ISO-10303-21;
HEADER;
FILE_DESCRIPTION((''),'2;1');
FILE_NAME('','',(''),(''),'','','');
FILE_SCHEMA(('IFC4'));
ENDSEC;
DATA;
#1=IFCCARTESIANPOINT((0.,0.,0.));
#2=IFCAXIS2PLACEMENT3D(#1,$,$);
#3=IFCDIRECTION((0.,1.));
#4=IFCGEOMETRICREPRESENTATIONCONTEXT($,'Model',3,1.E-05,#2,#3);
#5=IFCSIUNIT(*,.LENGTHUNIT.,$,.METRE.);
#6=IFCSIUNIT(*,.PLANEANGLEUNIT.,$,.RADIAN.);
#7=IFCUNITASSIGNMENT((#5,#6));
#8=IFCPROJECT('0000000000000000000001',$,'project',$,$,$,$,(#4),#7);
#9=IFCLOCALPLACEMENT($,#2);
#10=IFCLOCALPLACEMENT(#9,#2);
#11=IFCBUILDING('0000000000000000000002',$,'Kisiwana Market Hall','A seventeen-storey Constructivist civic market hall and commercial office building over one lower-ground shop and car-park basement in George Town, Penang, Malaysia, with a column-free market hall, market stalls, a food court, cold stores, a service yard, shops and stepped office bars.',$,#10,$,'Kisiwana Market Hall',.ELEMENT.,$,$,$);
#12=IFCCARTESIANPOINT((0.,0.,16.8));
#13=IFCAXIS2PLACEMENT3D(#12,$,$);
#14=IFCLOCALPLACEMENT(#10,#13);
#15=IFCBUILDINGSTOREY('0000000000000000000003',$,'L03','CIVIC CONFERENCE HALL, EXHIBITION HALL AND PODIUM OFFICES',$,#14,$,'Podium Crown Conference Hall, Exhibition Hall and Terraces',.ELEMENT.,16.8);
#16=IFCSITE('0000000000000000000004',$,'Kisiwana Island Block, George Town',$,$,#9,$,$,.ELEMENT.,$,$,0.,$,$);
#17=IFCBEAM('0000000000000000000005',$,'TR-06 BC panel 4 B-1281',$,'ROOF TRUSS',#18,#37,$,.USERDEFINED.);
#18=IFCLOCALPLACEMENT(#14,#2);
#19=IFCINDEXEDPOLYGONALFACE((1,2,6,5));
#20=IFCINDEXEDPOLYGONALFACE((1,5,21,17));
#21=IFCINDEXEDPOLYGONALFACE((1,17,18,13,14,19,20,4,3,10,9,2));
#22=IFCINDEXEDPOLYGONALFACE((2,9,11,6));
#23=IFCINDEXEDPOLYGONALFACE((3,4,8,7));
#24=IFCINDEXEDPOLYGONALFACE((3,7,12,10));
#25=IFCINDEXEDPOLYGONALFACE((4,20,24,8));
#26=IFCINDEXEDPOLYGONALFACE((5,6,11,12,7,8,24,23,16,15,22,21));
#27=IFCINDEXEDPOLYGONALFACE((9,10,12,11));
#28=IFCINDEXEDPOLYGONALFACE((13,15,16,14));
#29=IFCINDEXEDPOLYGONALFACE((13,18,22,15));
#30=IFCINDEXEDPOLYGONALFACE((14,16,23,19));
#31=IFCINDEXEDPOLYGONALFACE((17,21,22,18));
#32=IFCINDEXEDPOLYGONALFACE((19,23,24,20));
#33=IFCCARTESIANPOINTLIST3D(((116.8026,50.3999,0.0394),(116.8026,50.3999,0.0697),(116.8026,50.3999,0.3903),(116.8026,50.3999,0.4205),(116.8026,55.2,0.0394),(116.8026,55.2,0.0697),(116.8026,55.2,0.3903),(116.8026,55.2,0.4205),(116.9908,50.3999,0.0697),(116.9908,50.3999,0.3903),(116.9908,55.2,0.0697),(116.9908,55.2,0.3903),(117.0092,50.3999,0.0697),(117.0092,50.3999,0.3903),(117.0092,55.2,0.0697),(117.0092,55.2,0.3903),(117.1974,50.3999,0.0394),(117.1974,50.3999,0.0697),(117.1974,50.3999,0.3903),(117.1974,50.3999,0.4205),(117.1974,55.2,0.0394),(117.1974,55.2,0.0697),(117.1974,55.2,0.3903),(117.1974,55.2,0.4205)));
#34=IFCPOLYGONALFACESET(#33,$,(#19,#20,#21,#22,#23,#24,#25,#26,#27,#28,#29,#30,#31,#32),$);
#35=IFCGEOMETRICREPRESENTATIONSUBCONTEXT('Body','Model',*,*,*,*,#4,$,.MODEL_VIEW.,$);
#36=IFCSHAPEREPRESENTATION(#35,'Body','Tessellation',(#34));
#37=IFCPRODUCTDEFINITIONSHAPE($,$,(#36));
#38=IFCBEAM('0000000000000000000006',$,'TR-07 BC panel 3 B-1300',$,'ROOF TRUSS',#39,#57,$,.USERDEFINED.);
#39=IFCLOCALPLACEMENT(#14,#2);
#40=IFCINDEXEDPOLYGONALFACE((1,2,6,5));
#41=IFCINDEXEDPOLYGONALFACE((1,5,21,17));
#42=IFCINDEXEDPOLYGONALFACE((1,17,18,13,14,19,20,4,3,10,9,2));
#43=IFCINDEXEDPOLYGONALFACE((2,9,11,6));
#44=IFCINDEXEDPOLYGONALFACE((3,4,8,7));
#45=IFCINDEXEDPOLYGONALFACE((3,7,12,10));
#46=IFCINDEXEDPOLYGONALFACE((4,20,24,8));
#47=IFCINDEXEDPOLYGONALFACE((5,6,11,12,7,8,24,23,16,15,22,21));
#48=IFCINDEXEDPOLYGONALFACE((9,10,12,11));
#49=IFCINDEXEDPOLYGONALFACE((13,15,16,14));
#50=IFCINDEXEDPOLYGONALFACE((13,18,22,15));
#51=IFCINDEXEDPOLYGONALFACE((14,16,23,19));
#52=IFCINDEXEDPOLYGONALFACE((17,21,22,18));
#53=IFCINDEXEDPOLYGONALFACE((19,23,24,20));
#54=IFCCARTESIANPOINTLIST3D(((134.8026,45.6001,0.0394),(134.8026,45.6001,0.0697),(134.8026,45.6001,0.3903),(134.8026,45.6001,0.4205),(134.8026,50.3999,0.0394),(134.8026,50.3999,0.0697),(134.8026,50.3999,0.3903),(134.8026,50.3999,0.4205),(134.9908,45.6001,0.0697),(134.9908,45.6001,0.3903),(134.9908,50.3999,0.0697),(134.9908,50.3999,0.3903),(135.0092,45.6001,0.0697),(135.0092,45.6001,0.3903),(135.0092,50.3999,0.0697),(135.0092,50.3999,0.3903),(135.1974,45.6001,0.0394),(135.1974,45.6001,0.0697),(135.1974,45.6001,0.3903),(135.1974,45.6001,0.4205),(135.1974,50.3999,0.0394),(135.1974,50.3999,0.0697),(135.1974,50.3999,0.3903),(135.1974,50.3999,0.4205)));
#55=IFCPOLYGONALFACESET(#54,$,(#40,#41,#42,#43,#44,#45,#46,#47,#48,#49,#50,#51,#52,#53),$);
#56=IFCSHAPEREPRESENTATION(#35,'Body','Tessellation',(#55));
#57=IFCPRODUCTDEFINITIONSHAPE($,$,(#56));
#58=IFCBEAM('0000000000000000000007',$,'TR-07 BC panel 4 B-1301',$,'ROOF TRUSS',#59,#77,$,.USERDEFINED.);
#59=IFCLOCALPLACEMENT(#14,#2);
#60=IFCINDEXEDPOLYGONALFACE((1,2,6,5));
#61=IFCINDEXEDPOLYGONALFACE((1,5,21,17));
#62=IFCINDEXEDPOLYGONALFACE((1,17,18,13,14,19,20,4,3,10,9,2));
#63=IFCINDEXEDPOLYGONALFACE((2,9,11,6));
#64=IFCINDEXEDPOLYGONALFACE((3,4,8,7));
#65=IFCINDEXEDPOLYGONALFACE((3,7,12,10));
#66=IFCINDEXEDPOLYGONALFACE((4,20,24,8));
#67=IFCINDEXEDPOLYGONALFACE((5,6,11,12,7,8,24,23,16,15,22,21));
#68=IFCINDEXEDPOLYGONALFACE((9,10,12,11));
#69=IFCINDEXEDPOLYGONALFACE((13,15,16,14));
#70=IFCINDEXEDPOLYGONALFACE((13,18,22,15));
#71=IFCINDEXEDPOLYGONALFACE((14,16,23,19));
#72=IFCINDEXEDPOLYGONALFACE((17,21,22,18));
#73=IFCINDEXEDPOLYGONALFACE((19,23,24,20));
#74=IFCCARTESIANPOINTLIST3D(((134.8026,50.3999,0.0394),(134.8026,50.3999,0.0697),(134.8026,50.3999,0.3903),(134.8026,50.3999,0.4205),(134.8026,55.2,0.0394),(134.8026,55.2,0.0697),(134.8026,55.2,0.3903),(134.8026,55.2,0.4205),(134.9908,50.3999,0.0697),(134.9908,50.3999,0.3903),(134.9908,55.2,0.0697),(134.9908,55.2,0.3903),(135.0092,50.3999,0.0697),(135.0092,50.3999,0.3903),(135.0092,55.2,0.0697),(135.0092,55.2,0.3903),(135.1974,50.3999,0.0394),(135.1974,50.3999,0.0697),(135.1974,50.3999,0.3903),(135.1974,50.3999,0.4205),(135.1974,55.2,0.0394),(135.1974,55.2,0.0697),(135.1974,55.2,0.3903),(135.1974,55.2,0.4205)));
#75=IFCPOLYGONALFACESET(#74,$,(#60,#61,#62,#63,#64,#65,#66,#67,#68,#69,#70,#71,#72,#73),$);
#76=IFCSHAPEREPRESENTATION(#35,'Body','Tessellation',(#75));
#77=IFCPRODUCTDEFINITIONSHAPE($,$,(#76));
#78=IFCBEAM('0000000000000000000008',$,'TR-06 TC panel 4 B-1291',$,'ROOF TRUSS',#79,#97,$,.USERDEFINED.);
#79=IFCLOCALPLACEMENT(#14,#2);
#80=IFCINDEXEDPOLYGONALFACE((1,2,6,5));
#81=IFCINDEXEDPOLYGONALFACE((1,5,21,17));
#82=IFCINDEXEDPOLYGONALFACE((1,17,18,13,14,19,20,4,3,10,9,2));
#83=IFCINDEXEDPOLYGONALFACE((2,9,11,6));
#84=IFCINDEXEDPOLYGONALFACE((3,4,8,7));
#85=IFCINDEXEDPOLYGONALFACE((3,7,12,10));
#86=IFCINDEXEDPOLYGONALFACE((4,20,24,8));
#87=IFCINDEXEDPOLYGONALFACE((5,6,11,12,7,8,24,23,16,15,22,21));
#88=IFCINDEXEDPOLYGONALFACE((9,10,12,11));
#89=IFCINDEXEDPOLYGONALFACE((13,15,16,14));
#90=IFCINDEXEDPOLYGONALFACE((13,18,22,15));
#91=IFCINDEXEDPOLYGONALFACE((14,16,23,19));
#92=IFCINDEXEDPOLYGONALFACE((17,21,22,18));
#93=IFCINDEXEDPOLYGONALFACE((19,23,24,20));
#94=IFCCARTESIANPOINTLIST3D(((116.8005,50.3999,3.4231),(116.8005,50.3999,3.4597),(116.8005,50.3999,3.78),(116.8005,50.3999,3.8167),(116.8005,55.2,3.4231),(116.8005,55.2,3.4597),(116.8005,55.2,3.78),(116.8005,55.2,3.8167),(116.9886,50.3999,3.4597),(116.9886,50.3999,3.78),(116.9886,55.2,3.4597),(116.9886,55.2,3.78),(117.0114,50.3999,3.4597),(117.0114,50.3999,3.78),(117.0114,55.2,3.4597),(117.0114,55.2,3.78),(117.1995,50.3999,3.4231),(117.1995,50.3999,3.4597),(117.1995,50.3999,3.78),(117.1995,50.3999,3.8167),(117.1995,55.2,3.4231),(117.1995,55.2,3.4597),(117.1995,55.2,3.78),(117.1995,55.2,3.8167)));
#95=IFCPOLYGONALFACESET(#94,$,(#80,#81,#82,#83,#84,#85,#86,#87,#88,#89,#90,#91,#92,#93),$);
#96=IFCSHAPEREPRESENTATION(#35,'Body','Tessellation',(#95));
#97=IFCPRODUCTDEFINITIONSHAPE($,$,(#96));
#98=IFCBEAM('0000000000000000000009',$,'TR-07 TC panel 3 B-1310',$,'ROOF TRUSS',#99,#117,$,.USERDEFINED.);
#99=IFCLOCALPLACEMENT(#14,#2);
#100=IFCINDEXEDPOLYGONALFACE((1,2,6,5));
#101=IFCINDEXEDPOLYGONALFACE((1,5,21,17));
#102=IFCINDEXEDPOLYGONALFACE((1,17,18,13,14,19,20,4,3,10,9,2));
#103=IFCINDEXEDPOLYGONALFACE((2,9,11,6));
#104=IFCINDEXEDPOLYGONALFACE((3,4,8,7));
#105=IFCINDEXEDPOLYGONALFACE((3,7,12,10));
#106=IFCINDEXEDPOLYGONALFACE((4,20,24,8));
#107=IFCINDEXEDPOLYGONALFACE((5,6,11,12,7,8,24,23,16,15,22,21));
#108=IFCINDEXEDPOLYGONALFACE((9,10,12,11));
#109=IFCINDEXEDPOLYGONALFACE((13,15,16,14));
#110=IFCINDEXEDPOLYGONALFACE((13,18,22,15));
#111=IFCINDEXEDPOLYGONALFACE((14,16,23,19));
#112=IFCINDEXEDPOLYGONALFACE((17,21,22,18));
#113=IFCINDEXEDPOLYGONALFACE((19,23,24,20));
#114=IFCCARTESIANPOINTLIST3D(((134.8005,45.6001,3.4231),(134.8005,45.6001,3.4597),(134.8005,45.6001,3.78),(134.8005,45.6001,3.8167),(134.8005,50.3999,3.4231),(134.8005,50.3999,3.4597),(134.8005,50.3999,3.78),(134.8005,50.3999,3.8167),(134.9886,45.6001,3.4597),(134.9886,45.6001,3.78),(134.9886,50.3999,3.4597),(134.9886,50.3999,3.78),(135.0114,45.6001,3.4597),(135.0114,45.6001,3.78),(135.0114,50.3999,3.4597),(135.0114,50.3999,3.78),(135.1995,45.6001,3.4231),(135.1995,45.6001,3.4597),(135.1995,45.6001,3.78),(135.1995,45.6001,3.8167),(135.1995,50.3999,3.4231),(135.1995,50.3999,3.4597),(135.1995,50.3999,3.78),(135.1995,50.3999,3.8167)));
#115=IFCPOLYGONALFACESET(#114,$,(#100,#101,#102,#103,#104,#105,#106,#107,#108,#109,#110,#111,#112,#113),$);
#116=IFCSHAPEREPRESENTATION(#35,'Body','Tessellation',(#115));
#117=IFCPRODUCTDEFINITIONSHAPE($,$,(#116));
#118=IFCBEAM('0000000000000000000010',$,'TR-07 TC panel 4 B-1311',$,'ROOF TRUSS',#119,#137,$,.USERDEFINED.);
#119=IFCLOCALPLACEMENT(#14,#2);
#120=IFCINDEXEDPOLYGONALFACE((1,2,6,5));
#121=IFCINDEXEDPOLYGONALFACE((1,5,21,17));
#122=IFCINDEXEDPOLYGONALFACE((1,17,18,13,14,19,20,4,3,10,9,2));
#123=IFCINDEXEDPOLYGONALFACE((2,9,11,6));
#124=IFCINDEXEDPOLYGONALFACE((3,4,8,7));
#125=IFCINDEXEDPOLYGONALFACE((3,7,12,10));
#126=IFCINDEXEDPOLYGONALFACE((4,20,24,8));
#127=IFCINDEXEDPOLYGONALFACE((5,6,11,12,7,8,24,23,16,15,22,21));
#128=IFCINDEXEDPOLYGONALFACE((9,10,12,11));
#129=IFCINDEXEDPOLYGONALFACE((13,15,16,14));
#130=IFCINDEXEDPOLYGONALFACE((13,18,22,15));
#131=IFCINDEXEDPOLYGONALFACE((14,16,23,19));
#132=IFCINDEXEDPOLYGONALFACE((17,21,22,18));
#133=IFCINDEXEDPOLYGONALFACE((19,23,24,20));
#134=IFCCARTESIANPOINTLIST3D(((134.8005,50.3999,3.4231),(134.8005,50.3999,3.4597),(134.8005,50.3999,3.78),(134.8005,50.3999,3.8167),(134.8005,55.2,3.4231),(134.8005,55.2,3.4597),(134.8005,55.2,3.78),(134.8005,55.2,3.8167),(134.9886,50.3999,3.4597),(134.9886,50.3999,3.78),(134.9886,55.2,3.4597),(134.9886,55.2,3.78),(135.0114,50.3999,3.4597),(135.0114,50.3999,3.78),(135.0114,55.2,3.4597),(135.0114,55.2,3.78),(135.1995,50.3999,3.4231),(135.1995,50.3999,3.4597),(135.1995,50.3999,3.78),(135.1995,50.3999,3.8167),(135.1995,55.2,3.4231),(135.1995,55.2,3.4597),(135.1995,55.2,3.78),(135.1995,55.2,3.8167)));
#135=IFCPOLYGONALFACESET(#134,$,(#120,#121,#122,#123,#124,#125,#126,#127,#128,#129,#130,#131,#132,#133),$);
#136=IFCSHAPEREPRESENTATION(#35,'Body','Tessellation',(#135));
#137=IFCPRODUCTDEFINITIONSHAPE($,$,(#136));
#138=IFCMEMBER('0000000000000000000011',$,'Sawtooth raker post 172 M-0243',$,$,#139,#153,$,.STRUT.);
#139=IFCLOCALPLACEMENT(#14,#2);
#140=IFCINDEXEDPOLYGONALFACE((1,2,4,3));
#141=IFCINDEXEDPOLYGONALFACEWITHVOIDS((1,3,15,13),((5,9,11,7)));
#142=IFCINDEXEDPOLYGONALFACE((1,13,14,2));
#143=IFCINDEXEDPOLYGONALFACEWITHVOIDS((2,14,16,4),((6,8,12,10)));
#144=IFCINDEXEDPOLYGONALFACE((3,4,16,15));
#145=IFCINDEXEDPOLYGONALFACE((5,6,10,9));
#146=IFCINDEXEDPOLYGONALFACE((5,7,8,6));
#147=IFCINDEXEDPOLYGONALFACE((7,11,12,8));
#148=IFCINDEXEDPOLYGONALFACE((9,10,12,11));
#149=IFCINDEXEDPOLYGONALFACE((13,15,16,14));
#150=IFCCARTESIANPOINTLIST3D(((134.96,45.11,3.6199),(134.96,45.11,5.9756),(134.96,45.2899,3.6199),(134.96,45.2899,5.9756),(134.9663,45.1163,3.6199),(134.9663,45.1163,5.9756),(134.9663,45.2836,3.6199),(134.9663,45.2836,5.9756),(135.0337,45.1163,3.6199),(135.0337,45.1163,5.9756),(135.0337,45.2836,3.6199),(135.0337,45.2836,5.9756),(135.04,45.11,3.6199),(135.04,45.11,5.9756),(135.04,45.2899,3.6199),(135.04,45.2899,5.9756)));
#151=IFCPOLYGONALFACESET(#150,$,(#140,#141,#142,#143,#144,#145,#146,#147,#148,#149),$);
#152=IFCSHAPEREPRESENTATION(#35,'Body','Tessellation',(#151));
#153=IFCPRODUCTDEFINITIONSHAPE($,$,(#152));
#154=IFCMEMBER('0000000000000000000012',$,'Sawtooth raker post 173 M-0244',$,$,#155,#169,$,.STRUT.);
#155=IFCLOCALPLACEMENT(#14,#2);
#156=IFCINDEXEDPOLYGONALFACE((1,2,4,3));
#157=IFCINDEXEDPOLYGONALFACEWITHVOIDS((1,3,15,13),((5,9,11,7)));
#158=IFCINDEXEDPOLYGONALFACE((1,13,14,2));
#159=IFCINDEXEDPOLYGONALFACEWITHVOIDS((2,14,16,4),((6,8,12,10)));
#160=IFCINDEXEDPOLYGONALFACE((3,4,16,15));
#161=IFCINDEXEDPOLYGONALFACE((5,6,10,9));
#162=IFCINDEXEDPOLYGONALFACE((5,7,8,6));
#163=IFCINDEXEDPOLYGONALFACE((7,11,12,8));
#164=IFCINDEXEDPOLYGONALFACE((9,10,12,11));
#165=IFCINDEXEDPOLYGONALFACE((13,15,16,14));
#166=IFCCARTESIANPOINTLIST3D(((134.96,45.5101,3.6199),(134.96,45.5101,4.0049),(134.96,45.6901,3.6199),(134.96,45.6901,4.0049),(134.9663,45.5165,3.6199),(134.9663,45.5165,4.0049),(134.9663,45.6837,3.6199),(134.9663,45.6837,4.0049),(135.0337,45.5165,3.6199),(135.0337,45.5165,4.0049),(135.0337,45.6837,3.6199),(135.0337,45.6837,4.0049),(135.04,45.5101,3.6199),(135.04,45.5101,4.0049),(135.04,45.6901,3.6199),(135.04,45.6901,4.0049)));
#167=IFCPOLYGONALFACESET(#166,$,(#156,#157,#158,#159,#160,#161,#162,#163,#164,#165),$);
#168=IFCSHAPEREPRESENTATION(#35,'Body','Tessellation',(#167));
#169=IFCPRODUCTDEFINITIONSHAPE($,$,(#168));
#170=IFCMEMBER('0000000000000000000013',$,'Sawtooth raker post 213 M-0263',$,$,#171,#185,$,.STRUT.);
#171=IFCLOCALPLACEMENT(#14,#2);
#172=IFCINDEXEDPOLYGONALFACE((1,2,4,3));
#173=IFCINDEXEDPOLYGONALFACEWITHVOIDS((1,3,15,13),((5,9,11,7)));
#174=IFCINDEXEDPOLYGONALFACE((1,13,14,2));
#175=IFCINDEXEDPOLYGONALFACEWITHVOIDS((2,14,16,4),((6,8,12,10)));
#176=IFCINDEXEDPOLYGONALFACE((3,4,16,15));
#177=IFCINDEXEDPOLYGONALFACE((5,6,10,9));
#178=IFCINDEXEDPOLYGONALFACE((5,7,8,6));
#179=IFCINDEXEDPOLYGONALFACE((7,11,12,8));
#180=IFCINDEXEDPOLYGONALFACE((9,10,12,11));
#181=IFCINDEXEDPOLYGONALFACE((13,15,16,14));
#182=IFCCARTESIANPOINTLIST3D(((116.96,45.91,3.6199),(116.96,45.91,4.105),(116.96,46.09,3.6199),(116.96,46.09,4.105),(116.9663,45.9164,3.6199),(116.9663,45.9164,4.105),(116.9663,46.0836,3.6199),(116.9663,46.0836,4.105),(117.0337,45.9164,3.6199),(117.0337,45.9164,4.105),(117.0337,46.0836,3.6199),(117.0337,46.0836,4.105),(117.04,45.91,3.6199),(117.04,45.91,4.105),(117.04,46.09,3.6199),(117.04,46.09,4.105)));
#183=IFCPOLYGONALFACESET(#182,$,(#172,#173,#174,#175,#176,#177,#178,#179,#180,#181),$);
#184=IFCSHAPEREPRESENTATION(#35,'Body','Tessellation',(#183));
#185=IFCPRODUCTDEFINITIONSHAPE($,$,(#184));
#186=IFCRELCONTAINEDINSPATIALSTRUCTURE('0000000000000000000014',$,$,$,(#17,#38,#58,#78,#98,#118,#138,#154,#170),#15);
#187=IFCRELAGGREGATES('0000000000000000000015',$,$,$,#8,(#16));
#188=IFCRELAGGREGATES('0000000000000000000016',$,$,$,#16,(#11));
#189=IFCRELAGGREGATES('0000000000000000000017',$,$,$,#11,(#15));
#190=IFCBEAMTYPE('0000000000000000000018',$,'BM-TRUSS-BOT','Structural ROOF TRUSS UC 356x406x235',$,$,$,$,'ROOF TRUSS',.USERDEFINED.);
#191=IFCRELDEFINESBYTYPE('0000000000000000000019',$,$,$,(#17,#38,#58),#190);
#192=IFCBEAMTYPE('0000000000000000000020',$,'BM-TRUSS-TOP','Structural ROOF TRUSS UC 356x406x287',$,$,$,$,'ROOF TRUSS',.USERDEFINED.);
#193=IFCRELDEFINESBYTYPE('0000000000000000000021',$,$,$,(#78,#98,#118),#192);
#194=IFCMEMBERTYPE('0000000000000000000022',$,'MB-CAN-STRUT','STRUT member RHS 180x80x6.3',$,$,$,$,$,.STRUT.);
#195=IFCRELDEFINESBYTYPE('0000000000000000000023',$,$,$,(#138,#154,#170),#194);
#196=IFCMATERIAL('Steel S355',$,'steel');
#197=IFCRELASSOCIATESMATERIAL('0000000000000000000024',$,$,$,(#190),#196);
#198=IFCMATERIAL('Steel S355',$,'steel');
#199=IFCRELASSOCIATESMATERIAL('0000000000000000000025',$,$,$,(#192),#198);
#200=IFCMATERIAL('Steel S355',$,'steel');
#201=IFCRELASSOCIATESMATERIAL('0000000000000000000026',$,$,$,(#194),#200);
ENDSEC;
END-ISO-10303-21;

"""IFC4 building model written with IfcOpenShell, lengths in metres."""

from ifc_helpers import new_model, si_unit, direction, frame, origin, origin_2d, place, context, subcontext, project, spatial, hollow_rectangle, i_section, extrude, material, material_profile, profile_set, type_object, element, save


model = new_model("IFC4")

# Units and contexts
model_context = context("Model", 3, precision=1e-05, world=origin(), true_north=direction((0.0, 1.0)))
body_context = subcontext(model_context, "Body", "Model", "MODEL_VIEW")
ifc_project = project(units=[si_unit("LENGTHUNIT", "METRE"), si_unit("PLANEANGLEUNIT", "RADIAN")], contexts=[model_context])

# Site, building, storey
site_placement = place(None, origin())
site = spatial("IfcSite", under=ifc_project, at=site_placement, Name="Kisiwana Island Block, George Town", CompositionType="ELEMENT", RefElevation=0.0)
building_placement = place(site_placement, origin())
building = spatial("IfcBuilding", under=site, at=building_placement, Name="Kisiwana Market Hall", Description="A seventeen-storey Constructivist civic market hall and commercial office building over one lower-ground shop and car-park basement in George Town, Penang, Malaysia, with a column-free market hall, market stalls, a food court, cold stores, a service yard, shops and stepped office bars.", LongName="Kisiwana Market Hall", CompositionType="ELEMENT")
storey_placement = place(building_placement, frame((0.0, 0.0, 16.8)))
storey = spatial("IfcBuildingStorey", under=building, at=storey_placement, Name="L03", Description="CIVIC CONFERENCE HALL, EXHIBITION HALL AND PODIUM OFFICES", LongName="Podium Crown Conference Hall, Exhibition Hall and Terraces", CompositionType="ELEMENT", Elevation=16.8)

# Beams
ifc_material_1 = material(Name="Steel S355", Category="steel")
ifc_material_profile_1 = material_profile(ifc_material_1, i_section(OverallWidth=0.3948, OverallDepth=0.3811, WebThickness=0.0183, FlangeThickness=0.0303, at=origin_2d()), Name="UC 356x406x235")
ifc_profile_set_1 = profile_set([ifc_material_profile_1], Name="Steel S355")
beam_type_1 = type_object("IfcBeamType", Name="BM-TRUSS-BOT", Description="Structural ROOF TRUSS UC 356x406x235", ElementType="ROOF TRUSS", PredefinedType="USERDEFINED", material=ifc_profile_set_1)
beam_1_placement = place(storey_placement, frame((117.0, 50.3999, 0.23), z_axis=(0.0, 1.0, 0.0), x_axis=(-1.0, 0.0, 0.0)))
element("IfcBeam", 1, at=beam_1_placement, inside=storey, type_object=beam_type_1, Name="TR-06 BC panel 4 B-1281", ObjectType="ROOF TRUSS", PredefinedType="USERDEFINED", context=body_context, shape_type="SweptSolid", body=[
    extrude(i_section(OverallWidth=0.3948, OverallDepth=0.3811, WebThickness=0.0183, FlangeThickness=0.0303, at=origin_2d()), origin(), (0.0, 0.0, 1.0), 4.8),
])
beam_2_placement = place(storey_placement, frame((135.0, 45.6001, 0.23), z_axis=(0.0, 1.0, 0.0), x_axis=(-1.0, 0.0, 0.0)))
element("IfcBeam", 2, at=beam_2_placement, inside=storey, type_object=beam_type_1, Name="TR-07 BC panel 3 B-1300", ObjectType="ROOF TRUSS", PredefinedType="USERDEFINED", context=body_context, shape_type="SweptSolid", body=[
    extrude(i_section(OverallWidth=0.3948, OverallDepth=0.3811, WebThickness=0.0183, FlangeThickness=0.0303, at=origin_2d()), origin(), (0.0, 0.0, 1.0), 4.7998),
])
beam_3_placement = place(storey_placement, frame((135.0, 50.3999, 0.23), z_axis=(0.0, 1.0, 0.0), x_axis=(-1.0, 0.0, 0.0)))
element("IfcBeam", 3, at=beam_3_placement, inside=storey, type_object=beam_type_1, Name="TR-07 BC panel 4 B-1301", ObjectType="ROOF TRUSS", PredefinedType="USERDEFINED", context=body_context, shape_type="SweptSolid", body=[
    extrude(i_section(OverallWidth=0.3948, OverallDepth=0.3811, WebThickness=0.0183, FlangeThickness=0.0303, at=origin_2d()), origin(), (0.0, 0.0, 1.0), 4.8),
])
ifc_material_2 = material(Name="Steel S355", Category="steel")
ifc_material_profile_2 = material_profile(ifc_material_2, i_section(OverallWidth=0.3989, OverallDepth=0.3936, WebThickness=0.0227, FlangeThickness=0.0366, at=origin_2d()), Name="UC 356x406x287")
ifc_profile_set_2 = profile_set([ifc_material_profile_2], Name="Steel S355")
beam_type_2 = type_object("IfcBeamType", Name="BM-TRUSS-TOP", Description="Structural ROOF TRUSS UC 356x406x287", ElementType="ROOF TRUSS", PredefinedType="USERDEFINED", material=ifc_profile_set_2)
beam_4_placement = place(storey_placement, frame((117.0, 50.3999, 3.6199), z_axis=(0.0, 1.0, 0.0), x_axis=(-1.0, 0.0, 0.0)))
element("IfcBeam", 4, at=beam_4_placement, inside=storey, type_object=beam_type_2, Name="TR-06 TC panel 4 B-1291", ObjectType="ROOF TRUSS", PredefinedType="USERDEFINED", context=body_context, shape_type="SweptSolid", body=[
    extrude(i_section(OverallWidth=0.3989, OverallDepth=0.3936, WebThickness=0.0227, FlangeThickness=0.0366, at=origin_2d()), origin(), (0.0, 0.0, 1.0), 4.8),
])
beam_5_placement = place(storey_placement, frame((135.0, 45.6001, 3.6199), z_axis=(0.0, 1.0, 0.0), x_axis=(-1.0, 0.0, 0.0)))
element("IfcBeam", 5, at=beam_5_placement, inside=storey, type_object=beam_type_2, Name="TR-07 TC panel 3 B-1310", ObjectType="ROOF TRUSS", PredefinedType="USERDEFINED", context=body_context, shape_type="SweptSolid", body=[
    extrude(i_section(OverallWidth=0.3989, OverallDepth=0.3936, WebThickness=0.0227, FlangeThickness=0.0366, at=origin_2d()), origin(), (0.0, 0.0, 1.0), 4.7998),
])
beam_6_placement = place(storey_placement, frame((135.0, 50.3999, 3.6199), z_axis=(0.0, 1.0, 0.0), x_axis=(-1.0, 0.0, 0.0)))
element("IfcBeam", 6, at=beam_6_placement, inside=storey, type_object=beam_type_2, Name="TR-07 TC panel 4 B-1311", ObjectType="ROOF TRUSS", PredefinedType="USERDEFINED", context=body_context, shape_type="SweptSolid", body=[
    extrude(i_section(OverallWidth=0.3989, OverallDepth=0.3936, WebThickness=0.0227, FlangeThickness=0.0366, at=origin_2d()), origin(), (0.0, 0.0, 1.0), 4.8),
])

# Members
ifc_material_3 = material(Name="Steel S355", Category="steel")
ifc_material_profile_3 = material_profile(ifc_material_3, hollow_rectangle(XDim=0.0801, YDim=0.1799, WallThickness=0.0063, at=origin_2d()), Name="RHS 180x80x6.3")
ifc_profile_set_3 = profile_set([ifc_material_profile_3], Name="Steel S355")
member_type_1 = type_object("IfcMemberType", Name="MB-CAN-STRUT", Description="STRUT member RHS 180x80x6.3", PredefinedType="STRUT", material=ifc_profile_set_3)
member_1_placement = place(storey_placement, frame((135.0, 45.2, 3.6199), z_axis=(0.0, 0.0, 1.0), x_axis=(1.0, 0.0, 0.0)))
element("IfcMember", 7, at=member_1_placement, inside=storey, type_object=member_type_1, Name="Sawtooth raker post 172 M-0243", PredefinedType="STRUT", context=body_context, shape_type="SweptSolid", body=[
    extrude(hollow_rectangle(XDim=0.0801, YDim=0.1799, WallThickness=0.0063, at=origin_2d()), origin(), (0.0, 0.0, 1.0), 2.3557),
])
member_2_placement = place(storey_placement, frame((135.0, 45.6001, 3.6199), z_axis=(0.0, 0.0, 1.0), x_axis=(1.0, 0.0, 0.0)))
element("IfcMember", 8, at=member_2_placement, inside=storey, type_object=member_type_1, Name="Sawtooth raker post 173 M-0244", PredefinedType="STRUT", context=body_context, shape_type="SweptSolid", body=[
    extrude(hollow_rectangle(XDim=0.0801, YDim=0.1799, WallThickness=0.0063, at=origin_2d()), origin(), (0.0, 0.0, 1.0), 0.385),
])
for number, where, z_axis, x_axis, name in (
    (9, (117.0, 46.0, 3.6199), (0.0, 0.0, 1.0), (1.0, 0.0, 0.0), "Sawtooth raker post 213 M-0263"),
):
    element("IfcMember", number, at=place(storey_placement, frame(where, z_axis=z_axis, x_axis=x_axis)), inside=storey, type_object=member_type_1, Name=name, PredefinedType="STRUT", context=body_context, shape_type="SweptSolid", body=[
        extrude(hollow_rectangle(XDim=0.0801, YDim=0.1799, WallThickness=0.0063, at=origin_2d()), origin(), (0.0, 0.0, 1.0), 0.4851),
    ])

save(model, "model.ifc")
